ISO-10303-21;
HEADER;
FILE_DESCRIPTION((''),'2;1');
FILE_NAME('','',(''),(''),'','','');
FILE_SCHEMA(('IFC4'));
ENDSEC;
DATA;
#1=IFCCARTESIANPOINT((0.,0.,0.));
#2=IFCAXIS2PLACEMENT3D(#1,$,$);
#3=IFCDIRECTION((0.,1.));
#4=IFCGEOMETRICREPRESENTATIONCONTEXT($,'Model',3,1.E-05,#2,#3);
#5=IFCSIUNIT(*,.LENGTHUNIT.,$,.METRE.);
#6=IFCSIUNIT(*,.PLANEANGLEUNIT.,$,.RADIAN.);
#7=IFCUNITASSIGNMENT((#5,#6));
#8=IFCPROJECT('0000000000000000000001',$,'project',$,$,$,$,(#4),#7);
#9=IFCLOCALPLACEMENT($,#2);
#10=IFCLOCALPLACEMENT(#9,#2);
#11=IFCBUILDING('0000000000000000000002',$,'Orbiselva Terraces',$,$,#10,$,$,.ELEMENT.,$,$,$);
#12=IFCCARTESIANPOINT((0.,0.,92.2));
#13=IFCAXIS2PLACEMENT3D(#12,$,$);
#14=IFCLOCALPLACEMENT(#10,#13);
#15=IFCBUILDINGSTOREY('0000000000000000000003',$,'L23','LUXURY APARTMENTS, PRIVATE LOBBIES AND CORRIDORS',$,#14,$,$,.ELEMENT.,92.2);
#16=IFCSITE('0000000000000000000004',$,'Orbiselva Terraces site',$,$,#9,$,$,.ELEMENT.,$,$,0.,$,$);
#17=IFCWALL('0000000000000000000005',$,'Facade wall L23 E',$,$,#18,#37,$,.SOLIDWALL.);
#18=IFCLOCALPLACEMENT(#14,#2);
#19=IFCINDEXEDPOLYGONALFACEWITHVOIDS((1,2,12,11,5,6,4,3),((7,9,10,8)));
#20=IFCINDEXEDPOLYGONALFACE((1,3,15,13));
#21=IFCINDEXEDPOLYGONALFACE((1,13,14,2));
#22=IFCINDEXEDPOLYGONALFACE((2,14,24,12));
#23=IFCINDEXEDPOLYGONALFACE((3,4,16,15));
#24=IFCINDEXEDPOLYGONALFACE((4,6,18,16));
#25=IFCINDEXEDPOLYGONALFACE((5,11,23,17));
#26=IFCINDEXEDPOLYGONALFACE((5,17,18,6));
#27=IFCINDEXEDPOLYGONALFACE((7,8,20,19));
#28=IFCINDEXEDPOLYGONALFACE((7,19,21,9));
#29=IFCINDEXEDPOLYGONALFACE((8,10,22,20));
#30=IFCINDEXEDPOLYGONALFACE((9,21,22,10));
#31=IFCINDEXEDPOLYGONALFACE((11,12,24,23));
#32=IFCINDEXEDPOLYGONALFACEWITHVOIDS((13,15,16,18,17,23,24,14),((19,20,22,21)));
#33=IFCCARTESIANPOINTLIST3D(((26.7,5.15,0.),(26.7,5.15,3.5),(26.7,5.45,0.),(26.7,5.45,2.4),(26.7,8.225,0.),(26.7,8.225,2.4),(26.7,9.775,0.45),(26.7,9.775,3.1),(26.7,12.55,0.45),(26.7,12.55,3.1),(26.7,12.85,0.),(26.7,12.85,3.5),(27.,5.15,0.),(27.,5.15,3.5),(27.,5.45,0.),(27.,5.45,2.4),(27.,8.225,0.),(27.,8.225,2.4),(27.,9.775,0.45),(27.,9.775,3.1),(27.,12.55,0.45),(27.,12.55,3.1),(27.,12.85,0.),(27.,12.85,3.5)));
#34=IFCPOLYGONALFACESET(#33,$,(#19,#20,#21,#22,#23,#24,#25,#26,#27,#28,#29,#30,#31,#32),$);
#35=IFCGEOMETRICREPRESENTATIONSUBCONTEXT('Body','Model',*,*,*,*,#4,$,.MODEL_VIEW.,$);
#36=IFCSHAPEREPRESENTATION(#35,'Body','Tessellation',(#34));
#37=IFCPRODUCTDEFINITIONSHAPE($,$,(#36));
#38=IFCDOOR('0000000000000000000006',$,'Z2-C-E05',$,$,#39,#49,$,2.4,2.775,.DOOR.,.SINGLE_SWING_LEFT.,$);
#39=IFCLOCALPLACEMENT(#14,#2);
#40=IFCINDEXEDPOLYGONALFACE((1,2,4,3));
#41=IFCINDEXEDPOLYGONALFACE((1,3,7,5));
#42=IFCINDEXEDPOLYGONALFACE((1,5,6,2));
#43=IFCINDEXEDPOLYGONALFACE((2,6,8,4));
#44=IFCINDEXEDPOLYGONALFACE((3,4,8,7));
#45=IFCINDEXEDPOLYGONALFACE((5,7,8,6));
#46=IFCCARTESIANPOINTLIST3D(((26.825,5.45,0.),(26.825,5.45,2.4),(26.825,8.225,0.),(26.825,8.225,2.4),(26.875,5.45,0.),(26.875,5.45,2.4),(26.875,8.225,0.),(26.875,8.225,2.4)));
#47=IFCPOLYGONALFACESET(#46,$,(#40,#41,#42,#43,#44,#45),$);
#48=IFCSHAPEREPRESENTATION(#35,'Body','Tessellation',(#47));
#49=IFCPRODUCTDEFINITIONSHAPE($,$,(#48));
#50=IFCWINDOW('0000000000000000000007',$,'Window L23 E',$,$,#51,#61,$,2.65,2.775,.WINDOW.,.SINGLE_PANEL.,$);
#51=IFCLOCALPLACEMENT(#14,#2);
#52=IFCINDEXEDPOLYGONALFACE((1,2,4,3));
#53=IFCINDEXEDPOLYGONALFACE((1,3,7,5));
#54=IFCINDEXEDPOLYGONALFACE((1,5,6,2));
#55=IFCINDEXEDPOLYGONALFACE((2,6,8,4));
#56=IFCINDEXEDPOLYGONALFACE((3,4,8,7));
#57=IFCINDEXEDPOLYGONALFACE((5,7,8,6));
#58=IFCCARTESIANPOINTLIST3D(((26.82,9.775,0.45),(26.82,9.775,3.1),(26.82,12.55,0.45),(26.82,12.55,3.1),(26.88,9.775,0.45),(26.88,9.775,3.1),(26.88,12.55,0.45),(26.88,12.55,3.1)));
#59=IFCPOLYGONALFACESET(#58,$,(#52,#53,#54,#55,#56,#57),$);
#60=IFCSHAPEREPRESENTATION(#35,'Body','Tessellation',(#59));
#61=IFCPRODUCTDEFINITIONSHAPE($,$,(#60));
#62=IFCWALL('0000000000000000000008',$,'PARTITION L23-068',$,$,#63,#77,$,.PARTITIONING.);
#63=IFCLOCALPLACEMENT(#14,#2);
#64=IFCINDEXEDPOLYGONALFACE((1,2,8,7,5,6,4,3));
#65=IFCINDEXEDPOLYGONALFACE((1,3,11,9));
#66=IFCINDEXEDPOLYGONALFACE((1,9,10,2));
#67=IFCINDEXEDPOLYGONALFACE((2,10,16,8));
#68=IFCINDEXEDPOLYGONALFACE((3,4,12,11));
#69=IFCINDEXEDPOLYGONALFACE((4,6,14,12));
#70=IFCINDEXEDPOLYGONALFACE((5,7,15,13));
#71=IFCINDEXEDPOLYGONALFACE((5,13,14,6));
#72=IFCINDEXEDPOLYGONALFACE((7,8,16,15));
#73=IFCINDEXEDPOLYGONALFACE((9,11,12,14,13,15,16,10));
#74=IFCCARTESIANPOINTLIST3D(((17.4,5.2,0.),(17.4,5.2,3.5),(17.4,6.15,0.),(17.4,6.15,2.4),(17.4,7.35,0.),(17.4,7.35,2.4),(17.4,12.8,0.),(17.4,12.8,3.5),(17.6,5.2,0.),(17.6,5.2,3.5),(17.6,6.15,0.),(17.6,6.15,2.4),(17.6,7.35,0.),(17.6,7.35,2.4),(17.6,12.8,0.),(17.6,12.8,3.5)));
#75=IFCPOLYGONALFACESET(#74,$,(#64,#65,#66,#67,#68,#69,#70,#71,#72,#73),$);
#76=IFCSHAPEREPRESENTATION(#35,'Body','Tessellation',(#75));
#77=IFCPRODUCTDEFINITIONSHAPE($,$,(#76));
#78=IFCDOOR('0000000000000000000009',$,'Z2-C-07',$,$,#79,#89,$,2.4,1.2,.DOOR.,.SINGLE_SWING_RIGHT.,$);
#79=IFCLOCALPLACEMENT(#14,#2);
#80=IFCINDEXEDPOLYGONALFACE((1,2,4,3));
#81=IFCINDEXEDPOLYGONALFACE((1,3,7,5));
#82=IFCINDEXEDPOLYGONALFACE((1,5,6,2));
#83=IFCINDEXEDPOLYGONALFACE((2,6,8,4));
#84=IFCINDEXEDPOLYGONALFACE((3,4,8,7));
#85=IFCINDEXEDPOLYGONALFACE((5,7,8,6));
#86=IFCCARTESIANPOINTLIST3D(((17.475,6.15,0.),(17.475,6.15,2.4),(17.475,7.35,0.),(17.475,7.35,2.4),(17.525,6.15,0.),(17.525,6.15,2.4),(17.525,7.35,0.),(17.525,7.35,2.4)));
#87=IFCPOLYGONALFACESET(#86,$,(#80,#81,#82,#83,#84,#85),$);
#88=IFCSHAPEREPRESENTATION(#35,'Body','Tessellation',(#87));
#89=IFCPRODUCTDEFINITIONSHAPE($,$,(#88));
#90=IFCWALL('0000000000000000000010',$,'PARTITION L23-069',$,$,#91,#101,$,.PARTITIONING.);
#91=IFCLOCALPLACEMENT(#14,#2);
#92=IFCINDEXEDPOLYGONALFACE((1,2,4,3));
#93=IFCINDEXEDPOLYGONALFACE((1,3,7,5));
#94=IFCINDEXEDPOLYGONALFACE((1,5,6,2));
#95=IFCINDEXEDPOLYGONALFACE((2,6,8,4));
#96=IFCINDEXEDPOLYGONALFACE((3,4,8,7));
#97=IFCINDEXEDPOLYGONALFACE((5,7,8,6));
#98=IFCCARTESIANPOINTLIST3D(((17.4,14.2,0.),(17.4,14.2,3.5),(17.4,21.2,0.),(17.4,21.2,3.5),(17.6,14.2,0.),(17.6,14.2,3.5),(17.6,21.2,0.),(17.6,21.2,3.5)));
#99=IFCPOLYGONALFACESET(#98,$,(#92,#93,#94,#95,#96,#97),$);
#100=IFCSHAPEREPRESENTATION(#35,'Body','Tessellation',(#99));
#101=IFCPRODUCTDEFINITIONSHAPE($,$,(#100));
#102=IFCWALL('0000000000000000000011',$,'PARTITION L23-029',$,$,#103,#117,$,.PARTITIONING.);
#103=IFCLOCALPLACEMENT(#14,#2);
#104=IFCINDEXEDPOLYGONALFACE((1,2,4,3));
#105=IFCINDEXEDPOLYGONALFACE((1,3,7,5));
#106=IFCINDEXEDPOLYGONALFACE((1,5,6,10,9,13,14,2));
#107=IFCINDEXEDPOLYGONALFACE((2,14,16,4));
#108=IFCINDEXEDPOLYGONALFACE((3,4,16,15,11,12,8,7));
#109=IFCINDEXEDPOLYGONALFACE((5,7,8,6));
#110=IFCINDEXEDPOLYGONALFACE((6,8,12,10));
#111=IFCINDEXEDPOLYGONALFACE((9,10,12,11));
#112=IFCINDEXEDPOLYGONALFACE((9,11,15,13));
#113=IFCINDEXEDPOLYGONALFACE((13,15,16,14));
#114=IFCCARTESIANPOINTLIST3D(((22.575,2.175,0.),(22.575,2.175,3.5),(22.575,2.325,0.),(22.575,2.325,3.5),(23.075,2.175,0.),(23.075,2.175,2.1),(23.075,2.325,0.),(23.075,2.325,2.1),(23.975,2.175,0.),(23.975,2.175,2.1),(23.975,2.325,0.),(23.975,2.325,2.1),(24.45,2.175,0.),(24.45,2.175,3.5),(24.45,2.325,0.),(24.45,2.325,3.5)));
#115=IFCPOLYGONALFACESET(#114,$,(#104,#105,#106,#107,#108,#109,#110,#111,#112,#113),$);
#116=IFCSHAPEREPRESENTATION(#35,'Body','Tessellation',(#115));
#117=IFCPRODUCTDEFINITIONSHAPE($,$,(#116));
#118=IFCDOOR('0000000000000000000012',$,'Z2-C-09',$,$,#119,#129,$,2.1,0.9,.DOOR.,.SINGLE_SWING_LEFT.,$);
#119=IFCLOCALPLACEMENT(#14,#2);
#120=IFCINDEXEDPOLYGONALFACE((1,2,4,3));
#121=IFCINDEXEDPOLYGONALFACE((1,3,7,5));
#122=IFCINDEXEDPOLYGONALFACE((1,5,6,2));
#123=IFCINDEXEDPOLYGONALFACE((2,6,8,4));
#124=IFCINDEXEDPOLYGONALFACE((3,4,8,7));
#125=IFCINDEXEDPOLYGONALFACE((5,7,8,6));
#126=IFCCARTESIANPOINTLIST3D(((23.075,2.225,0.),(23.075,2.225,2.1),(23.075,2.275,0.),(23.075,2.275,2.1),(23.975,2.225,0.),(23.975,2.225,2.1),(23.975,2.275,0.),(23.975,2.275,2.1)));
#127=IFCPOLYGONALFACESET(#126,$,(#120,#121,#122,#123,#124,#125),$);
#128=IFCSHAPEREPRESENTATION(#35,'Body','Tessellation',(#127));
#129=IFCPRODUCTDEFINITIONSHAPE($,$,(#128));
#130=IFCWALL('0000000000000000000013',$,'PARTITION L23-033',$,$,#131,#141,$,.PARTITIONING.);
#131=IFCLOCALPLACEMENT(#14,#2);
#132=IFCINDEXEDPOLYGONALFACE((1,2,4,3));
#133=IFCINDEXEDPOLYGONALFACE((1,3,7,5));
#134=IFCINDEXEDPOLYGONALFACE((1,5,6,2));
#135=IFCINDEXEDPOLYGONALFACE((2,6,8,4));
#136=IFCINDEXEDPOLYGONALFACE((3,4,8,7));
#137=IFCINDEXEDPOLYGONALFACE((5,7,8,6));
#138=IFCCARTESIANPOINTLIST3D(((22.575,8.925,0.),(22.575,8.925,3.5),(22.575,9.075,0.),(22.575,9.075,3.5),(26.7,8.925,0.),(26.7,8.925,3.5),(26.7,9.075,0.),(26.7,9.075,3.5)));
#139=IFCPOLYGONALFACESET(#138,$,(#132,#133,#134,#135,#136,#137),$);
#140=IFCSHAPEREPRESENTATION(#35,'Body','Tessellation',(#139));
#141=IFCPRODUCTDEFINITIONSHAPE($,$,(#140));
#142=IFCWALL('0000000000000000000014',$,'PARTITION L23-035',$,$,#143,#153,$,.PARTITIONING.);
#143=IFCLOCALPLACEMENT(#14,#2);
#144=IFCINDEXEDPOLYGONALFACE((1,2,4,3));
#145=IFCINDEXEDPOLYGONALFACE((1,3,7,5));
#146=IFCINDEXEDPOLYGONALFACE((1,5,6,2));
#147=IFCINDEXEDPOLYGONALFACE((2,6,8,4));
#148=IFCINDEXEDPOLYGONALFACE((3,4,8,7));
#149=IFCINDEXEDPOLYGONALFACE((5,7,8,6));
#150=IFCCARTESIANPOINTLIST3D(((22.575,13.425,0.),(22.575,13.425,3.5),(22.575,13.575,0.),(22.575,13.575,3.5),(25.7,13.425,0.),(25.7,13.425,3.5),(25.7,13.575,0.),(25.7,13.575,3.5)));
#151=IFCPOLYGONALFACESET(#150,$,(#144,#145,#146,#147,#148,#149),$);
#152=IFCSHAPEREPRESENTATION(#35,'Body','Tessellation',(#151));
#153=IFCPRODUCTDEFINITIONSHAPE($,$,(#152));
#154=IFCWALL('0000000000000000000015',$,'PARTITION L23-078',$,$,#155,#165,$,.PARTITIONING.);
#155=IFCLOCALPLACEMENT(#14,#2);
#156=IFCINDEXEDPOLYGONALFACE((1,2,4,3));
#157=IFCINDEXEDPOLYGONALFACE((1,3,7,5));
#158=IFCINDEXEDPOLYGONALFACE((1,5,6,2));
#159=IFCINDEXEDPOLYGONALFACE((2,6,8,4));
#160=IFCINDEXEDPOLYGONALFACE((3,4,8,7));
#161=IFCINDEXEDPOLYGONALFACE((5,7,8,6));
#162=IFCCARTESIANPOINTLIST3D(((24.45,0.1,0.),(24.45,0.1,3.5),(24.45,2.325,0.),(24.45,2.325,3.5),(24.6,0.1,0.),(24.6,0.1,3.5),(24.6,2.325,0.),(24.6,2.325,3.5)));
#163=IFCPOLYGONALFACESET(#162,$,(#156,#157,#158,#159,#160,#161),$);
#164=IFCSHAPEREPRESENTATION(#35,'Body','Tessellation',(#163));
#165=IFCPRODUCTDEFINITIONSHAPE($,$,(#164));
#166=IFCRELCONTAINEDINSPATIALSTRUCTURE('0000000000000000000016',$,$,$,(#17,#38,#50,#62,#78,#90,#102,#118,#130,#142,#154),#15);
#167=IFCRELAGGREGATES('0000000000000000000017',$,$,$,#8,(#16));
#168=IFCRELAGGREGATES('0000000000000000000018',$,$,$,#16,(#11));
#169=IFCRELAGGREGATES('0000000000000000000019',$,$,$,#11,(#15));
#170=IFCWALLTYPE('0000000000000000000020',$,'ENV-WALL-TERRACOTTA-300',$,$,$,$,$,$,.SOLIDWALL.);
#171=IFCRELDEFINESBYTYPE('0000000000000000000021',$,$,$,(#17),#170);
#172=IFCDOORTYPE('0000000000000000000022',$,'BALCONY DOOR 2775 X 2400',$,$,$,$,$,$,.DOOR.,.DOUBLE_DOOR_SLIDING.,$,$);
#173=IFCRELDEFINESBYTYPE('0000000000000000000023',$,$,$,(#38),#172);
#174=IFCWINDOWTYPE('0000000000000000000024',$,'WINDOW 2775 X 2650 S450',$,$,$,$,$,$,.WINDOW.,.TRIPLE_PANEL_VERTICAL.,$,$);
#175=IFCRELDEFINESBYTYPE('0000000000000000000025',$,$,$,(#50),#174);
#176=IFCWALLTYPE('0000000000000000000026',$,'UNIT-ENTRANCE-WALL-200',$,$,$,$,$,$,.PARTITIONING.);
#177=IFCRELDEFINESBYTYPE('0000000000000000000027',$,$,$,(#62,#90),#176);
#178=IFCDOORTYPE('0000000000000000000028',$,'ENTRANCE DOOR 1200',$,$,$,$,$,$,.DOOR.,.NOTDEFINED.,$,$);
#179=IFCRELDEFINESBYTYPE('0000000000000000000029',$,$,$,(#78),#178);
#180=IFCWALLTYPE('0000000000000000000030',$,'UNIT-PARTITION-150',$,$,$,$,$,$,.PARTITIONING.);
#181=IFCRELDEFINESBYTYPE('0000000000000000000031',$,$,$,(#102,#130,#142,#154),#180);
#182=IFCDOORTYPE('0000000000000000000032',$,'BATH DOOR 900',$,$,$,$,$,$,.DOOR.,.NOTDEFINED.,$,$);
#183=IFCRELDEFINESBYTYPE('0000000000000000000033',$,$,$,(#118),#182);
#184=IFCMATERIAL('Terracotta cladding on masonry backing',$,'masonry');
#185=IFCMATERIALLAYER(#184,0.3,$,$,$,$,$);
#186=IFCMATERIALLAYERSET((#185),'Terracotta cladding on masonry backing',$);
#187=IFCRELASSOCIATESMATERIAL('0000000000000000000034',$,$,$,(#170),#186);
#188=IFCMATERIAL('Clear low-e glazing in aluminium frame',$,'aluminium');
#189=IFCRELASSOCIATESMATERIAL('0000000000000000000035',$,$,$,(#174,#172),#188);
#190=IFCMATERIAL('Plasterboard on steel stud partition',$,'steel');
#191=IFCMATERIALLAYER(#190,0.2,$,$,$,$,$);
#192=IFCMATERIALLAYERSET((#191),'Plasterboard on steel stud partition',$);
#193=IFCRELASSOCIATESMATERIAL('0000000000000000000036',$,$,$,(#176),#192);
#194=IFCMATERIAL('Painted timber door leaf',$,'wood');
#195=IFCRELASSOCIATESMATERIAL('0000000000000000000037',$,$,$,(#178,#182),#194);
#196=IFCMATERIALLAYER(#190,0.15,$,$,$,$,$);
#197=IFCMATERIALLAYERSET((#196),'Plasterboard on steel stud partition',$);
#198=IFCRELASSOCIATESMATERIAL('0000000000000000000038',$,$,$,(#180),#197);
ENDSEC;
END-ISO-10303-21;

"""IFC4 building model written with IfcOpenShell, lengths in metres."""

from ifc_helpers import new_model, si_unit, direction, frame, frame_2d, origin, place, context, subcontext, project, spatial, rectangle, extrude, material, layer, layer_set, type_object, element, fill, save


model = new_model("IFC4")

# Units and contexts
model_context = context("Model", 3, precision=1e-05, world=origin(), true_north=direction((0.0, 1.0)))
body_context = subcontext(model_context, "Body", "Model", "MODEL_VIEW")
ifc_project = project(units=[si_unit("LENGTHUNIT", "METRE"), si_unit("PLANEANGLEUNIT", "RADIAN")], contexts=[model_context])

# Site, building, storey
site_placement = place(None, origin())
site = spatial("IfcSite", under=ifc_project, at=site_placement, Name="Orbiselva Terraces site", CompositionType="ELEMENT", RefElevation=0.0)
building_placement = place(site_placement, origin())
building = spatial("IfcBuilding", under=site, at=building_placement, Name="Orbiselva Terraces", CompositionType="ELEMENT")
storey_placement = place(building_placement, frame((0.0, 0.0, 92.2)))
storey = spatial("IfcBuildingStorey", under=building, at=storey_placement, Name="L23", Description="LUXURY APARTMENTS, PRIVATE LOBBIES AND CORRIDORS", CompositionType="ELEMENT", Elevation=92.2)

# Shared definitions
ifc_material_1 = material(Name="Terracotta cladding on masonry backing", Category="masonry")
ifc_layer_1 = layer(ifc_material_1, 0.3)
ifc_layer_set_1 = layer_set([ifc_layer_1], Name="Terracotta cladding on masonry backing")
wall_type_1 = type_object("IfcWallType", Name="ENV-WALL-TERRACOTTA-300", PredefinedType="SOLIDWALL", material=ifc_layer_set_1)
ifc_material_2 = material(Name="Clear low-e glazing in aluminium frame", Category="aluminium")
window_type = type_object("IfcWindowType", Name="WINDOW 2775 X 2650 S450", PartitioningType="TRIPLE_PANEL_VERTICAL", PredefinedType="WINDOW", material=ifc_material_2)

# Wall, openings, door, window
wall_1_placement = place(storey_placement, frame((26.85, 12.85, 0.0), z_axis=(0.0, 0.0, 1.0), x_axis=(0.0, -1.0, 0.0)))
wall_1 = element("IfcWall", 1, at=wall_1_placement, inside=storey, type_object=wall_type_1, Name="Facade wall L23 E", PredefinedType="SOLIDWALL", context=body_context, shape_type="SweptSolid", body=[
    extrude(rectangle(XDim=7.7, YDim=0.3, at=frame_2d((3.85, 0.0))), origin(), (0.0, 0.0, 1.0), 3.5),
])
opening_1_placement = place(wall_1_placement, frame((4.625, 0.0, 0.0)))
opening_1 = element("IfcOpeningElement", 2, at=opening_1_placement, cuts=wall_1, PredefinedType="OPENING", context=body_context, shape_type="SweptSolid", body=[
    extrude(rectangle(XDim=2.775, YDim=2.4, at=frame_2d((1.3875, 1.2))), frame((0.0, 0.16, 0.0), z_axis=(0.0, -1.0, 0.0), x_axis=(1.0, 0.0, 0.0)), (0.0, 0.0, 1.0), 0.32),
])
opening_2_placement = place(wall_1_placement, frame((0.3, 0.0, 0.45)))
opening_2 = element("IfcOpeningElement", 3, at=opening_2_placement, cuts=wall_1, PredefinedType="OPENING", context=body_context, shape_type="SweptSolid", body=[
    extrude(rectangle(XDim=2.775, YDim=2.65, at=frame_2d((1.3875, 1.325))), frame((0.0, 0.16, 0.0), z_axis=(0.0, -1.0, 0.0), x_axis=(1.0, 0.0, 0.0)), (0.0, 0.0, 1.0), 0.32),
])
door_type_1 = type_object("IfcDoorType", Name="BALCONY DOOR 2775 X 2400", OperationType="DOUBLE_DOOR_SLIDING", PredefinedType="DOOR", material=ifc_material_2)
door_1_placement = place(opening_1_placement, origin())
door_1 = element("IfcDoor", 4, at=door_1_placement, inside=storey, type_object=door_type_1, Name="Z2-C-E05", OperationType="SINGLE_SWING_LEFT", OverallHeight=2.4, OverallWidth=2.775, PredefinedType="DOOR", context=body_context, shape_type="SweptSolid", body=[
    extrude(rectangle(XDim=2.775, YDim=2.4, at=frame_2d((1.3875, 1.2))), frame((0.0, 0.025, 0.0), z_axis=(0.0, -1.0, 0.0), x_axis=(1.0, 0.0, 0.0)), (0.0, 0.0, 1.0), 0.05),
])
fill(opening_1, door_1)
window_1_placement = place(opening_2_placement, origin())
window_1 = element("IfcWindow", 5, at=window_1_placement, inside=storey, type_object=window_type, Name="Window L23 E", OverallHeight=2.65, OverallWidth=2.775, PartitioningType="SINGLE_PANEL", PredefinedType="WINDOW", context=body_context, shape_type="SweptSolid", body=[
    extrude(rectangle(XDim=2.775, YDim=2.65, at=frame_2d((1.3875, 1.325))), frame((0.0, 0.03, 0.0), z_axis=(0.0, -1.0, 0.0), x_axis=(1.0, 0.0, 0.0)), (0.0, 0.0, 1.0), 0.06),
])
fill(opening_2, window_1)

# Wall, opening, door
ifc_material_3 = material(Name="Plasterboard on steel stud partition", Category="steel")
ifc_layer_2 = layer(ifc_material_3, 0.2)
ifc_layer_set_2 = layer_set([ifc_layer_2], Name="Plasterboard on steel stud partition")
wall_type_2 = type_object("IfcWallType", Name="UNIT-ENTRANCE-WALL-200", PredefinedType="PARTITIONING", material=ifc_layer_set_2)
wall_2_placement = place(storey_placement, frame((17.5, 12.8, 0.0), z_axis=(0.0, 0.0, 1.0), x_axis=(0.0, -1.0, 0.0)))
wall_2 = element("IfcWall", 6, at=wall_2_placement, inside=storey, type_object=wall_type_2, Name="PARTITION L23-068", PredefinedType="PARTITIONING", context=body_context, shape_type="SweptSolid", body=[
    extrude(rectangle(XDim=7.6, YDim=0.2, at=frame_2d((3.8, 0.0))), origin(), (0.0, 0.0, 1.0), 3.5),
])
opening_3_placement = place(wall_2_placement, frame((5.45, 0.0, 0.0)))
opening_3 = element("IfcOpeningElement", 7, at=opening_3_placement, cuts=wall_2, PredefinedType="OPENING", context=body_context, shape_type="SweptSolid", body=[
    extrude(rectangle(XDim=1.2, YDim=2.4, at=frame_2d((0.6, 1.2))), frame((0.0, 0.11, 0.0), z_axis=(0.0, -1.0, 0.0), x_axis=(1.0, 0.0, 0.0)), (0.0, 0.0, 1.0), 0.22),
])
ifc_material_4 = material(Name="Painted timber door leaf", Category="wood")
door_type_2 = type_object("IfcDoorType", Name="ENTRANCE DOOR 1200", OperationType="NOTDEFINED", PredefinedType="DOOR", material=ifc_material_4)
door_2_placement = place(opening_3_placement, origin())
door_2 = element("IfcDoor", 8, at=door_2_placement, inside=storey, type_object=door_type_2, Name="Z2-C-07", OperationType="SINGLE_SWING_RIGHT", OverallHeight=2.4, OverallWidth=1.2, PredefinedType="DOOR", context=body_context, shape_type="SweptSolid", body=[
    extrude(rectangle(XDim=1.2, YDim=2.4, at=frame_2d((0.6, 1.2))), frame((0.0, 0.025, 0.0), z_axis=(0.0, -1.0, 0.0), x_axis=(1.0, 0.0, 0.0)), (0.0, 0.0, 1.0), 0.05),
])
fill(opening_3, door_2)

# Wall
wall_3_placement = place(storey_placement, frame((17.5, 14.2, 0.0), z_axis=(0.0, 0.0, 1.0), x_axis=(0.0, 1.0, 0.0)))
element("IfcWall", 9, at=wall_3_placement, inside=storey, type_object=wall_type_2, Name="PARTITION L23-069", PredefinedType="PARTITIONING", context=body_context, shape_type="SweptSolid", body=[
    extrude(rectangle(XDim=7.0, YDim=0.2, at=frame_2d((3.5, 0.0))), origin(), (0.0, 0.0, 1.0), 3.5),
])

# Wall, opening, door
ifc_layer_3 = layer(ifc_material_3, 0.15)
ifc_layer_set_3 = layer_set([ifc_layer_3], Name="Plasterboard on steel stud partition")
wall_type_3 = type_object("IfcWallType", Name="UNIT-PARTITION-150", PredefinedType="PARTITIONING", material=ifc_layer_set_3)
wall_4_placement = place(storey_placement, frame((24.45, 2.25, 0.0), z_axis=(0.0, 0.0, 1.0), x_axis=(-1.0, 0.0, 0.0)))
wall_4 = element("IfcWall", 10, at=wall_4_placement, inside=storey, type_object=wall_type_3, Name="PARTITION L23-029", PredefinedType="PARTITIONING", context=body_context, shape_type="SweptSolid", body=[
    extrude(rectangle(XDim=1.875, YDim=0.15, at=frame_2d((0.9375, 0.0))), origin(), (0.0, 0.0, 1.0), 3.5),
])
opening_4_placement = place(wall_4_placement, frame((0.475, 0.0, 0.0)))
opening_4 = element("IfcOpeningElement", 11, at=opening_4_placement, cuts=wall_4, PredefinedType="OPENING", context=body_context, shape_type="SweptSolid", body=[
    extrude(rectangle(XDim=0.9, YDim=2.1, at=frame_2d((0.45, 1.05))), frame((0.0, 0.085, 0.0), z_axis=(0.0, -1.0, 0.0), x_axis=(1.0, 0.0, 0.0)), (0.0, 0.0, 1.0), 0.17),
])
door_type_3 = type_object("IfcDoorType", Name="BATH DOOR 900", OperationType="NOTDEFINED", PredefinedType="DOOR", material=ifc_material_4)
door_3_placement = place(opening_4_placement, origin())
door_3 = element("IfcDoor", 12, at=door_3_placement, inside=storey, type_object=door_type_3, Name="Z2-C-09", OperationType="SINGLE_SWING_LEFT", OverallHeight=2.1, OverallWidth=0.9, PredefinedType="DOOR", context=body_context, shape_type="SweptSolid", body=[
    extrude(rectangle(XDim=0.9, YDim=2.1, at=frame_2d((0.45, 1.05))), frame((0.0, 0.025, 0.0), z_axis=(0.0, -1.0, 0.0), x_axis=(1.0, 0.0, 0.0)), (0.0, 0.0, 1.0), 0.05),
])
fill(opening_4, door_3)

# Walls
wall_5_placement = place(storey_placement, frame((22.575, 9.0, 0.0), z_axis=(0.0, 0.0, 1.0), x_axis=(1.0, 0.0, 0.0)))
element("IfcWall", 13, at=wall_5_placement, inside=storey, type_object=wall_type_3, Name="PARTITION L23-033", PredefinedType="PARTITIONING", context=body_context, shape_type="SweptSolid", body=[
    extrude(rectangle(XDim=4.125, YDim=0.15, at=frame_2d((2.0625, 0.0))), origin(), (0.0, 0.0, 1.0), 3.5),
])
wall_6_placement = place(storey_placement, frame((22.575, 13.5, 0.0), z_axis=(0.0, 0.0, 1.0), x_axis=(1.0, 0.0, 0.0)))
element("IfcWall", 14, at=wall_6_placement, inside=storey, type_object=wall_type_3, Name="PARTITION L23-035", PredefinedType="PARTITIONING", context=body_context, shape_type="SweptSolid", body=[
    extrude(rectangle(XDim=3.125, YDim=0.15, at=frame_2d((1.5625, 0.0))), origin(), (0.0, 0.0, 1.0), 3.5),
])
wall_7_placement = place(storey_placement, frame((24.525, 0.1, 0.0), z_axis=(0.0, 0.0, 1.0), x_axis=(0.0, 1.0, 0.0)))
element("IfcWall", 15, at=wall_7_placement, inside=storey, type_object=wall_type_3, Name="PARTITION L23-078", PredefinedType="PARTITIONING", context=body_context, shape_type="SweptSolid", body=[
    extrude(rectangle(XDim=2.225, YDim=0.15, at=frame_2d((1.1125, 0.0))), origin(), (0.0, 0.0, 1.0), 3.5),
])

save(model, "model.ifc")
